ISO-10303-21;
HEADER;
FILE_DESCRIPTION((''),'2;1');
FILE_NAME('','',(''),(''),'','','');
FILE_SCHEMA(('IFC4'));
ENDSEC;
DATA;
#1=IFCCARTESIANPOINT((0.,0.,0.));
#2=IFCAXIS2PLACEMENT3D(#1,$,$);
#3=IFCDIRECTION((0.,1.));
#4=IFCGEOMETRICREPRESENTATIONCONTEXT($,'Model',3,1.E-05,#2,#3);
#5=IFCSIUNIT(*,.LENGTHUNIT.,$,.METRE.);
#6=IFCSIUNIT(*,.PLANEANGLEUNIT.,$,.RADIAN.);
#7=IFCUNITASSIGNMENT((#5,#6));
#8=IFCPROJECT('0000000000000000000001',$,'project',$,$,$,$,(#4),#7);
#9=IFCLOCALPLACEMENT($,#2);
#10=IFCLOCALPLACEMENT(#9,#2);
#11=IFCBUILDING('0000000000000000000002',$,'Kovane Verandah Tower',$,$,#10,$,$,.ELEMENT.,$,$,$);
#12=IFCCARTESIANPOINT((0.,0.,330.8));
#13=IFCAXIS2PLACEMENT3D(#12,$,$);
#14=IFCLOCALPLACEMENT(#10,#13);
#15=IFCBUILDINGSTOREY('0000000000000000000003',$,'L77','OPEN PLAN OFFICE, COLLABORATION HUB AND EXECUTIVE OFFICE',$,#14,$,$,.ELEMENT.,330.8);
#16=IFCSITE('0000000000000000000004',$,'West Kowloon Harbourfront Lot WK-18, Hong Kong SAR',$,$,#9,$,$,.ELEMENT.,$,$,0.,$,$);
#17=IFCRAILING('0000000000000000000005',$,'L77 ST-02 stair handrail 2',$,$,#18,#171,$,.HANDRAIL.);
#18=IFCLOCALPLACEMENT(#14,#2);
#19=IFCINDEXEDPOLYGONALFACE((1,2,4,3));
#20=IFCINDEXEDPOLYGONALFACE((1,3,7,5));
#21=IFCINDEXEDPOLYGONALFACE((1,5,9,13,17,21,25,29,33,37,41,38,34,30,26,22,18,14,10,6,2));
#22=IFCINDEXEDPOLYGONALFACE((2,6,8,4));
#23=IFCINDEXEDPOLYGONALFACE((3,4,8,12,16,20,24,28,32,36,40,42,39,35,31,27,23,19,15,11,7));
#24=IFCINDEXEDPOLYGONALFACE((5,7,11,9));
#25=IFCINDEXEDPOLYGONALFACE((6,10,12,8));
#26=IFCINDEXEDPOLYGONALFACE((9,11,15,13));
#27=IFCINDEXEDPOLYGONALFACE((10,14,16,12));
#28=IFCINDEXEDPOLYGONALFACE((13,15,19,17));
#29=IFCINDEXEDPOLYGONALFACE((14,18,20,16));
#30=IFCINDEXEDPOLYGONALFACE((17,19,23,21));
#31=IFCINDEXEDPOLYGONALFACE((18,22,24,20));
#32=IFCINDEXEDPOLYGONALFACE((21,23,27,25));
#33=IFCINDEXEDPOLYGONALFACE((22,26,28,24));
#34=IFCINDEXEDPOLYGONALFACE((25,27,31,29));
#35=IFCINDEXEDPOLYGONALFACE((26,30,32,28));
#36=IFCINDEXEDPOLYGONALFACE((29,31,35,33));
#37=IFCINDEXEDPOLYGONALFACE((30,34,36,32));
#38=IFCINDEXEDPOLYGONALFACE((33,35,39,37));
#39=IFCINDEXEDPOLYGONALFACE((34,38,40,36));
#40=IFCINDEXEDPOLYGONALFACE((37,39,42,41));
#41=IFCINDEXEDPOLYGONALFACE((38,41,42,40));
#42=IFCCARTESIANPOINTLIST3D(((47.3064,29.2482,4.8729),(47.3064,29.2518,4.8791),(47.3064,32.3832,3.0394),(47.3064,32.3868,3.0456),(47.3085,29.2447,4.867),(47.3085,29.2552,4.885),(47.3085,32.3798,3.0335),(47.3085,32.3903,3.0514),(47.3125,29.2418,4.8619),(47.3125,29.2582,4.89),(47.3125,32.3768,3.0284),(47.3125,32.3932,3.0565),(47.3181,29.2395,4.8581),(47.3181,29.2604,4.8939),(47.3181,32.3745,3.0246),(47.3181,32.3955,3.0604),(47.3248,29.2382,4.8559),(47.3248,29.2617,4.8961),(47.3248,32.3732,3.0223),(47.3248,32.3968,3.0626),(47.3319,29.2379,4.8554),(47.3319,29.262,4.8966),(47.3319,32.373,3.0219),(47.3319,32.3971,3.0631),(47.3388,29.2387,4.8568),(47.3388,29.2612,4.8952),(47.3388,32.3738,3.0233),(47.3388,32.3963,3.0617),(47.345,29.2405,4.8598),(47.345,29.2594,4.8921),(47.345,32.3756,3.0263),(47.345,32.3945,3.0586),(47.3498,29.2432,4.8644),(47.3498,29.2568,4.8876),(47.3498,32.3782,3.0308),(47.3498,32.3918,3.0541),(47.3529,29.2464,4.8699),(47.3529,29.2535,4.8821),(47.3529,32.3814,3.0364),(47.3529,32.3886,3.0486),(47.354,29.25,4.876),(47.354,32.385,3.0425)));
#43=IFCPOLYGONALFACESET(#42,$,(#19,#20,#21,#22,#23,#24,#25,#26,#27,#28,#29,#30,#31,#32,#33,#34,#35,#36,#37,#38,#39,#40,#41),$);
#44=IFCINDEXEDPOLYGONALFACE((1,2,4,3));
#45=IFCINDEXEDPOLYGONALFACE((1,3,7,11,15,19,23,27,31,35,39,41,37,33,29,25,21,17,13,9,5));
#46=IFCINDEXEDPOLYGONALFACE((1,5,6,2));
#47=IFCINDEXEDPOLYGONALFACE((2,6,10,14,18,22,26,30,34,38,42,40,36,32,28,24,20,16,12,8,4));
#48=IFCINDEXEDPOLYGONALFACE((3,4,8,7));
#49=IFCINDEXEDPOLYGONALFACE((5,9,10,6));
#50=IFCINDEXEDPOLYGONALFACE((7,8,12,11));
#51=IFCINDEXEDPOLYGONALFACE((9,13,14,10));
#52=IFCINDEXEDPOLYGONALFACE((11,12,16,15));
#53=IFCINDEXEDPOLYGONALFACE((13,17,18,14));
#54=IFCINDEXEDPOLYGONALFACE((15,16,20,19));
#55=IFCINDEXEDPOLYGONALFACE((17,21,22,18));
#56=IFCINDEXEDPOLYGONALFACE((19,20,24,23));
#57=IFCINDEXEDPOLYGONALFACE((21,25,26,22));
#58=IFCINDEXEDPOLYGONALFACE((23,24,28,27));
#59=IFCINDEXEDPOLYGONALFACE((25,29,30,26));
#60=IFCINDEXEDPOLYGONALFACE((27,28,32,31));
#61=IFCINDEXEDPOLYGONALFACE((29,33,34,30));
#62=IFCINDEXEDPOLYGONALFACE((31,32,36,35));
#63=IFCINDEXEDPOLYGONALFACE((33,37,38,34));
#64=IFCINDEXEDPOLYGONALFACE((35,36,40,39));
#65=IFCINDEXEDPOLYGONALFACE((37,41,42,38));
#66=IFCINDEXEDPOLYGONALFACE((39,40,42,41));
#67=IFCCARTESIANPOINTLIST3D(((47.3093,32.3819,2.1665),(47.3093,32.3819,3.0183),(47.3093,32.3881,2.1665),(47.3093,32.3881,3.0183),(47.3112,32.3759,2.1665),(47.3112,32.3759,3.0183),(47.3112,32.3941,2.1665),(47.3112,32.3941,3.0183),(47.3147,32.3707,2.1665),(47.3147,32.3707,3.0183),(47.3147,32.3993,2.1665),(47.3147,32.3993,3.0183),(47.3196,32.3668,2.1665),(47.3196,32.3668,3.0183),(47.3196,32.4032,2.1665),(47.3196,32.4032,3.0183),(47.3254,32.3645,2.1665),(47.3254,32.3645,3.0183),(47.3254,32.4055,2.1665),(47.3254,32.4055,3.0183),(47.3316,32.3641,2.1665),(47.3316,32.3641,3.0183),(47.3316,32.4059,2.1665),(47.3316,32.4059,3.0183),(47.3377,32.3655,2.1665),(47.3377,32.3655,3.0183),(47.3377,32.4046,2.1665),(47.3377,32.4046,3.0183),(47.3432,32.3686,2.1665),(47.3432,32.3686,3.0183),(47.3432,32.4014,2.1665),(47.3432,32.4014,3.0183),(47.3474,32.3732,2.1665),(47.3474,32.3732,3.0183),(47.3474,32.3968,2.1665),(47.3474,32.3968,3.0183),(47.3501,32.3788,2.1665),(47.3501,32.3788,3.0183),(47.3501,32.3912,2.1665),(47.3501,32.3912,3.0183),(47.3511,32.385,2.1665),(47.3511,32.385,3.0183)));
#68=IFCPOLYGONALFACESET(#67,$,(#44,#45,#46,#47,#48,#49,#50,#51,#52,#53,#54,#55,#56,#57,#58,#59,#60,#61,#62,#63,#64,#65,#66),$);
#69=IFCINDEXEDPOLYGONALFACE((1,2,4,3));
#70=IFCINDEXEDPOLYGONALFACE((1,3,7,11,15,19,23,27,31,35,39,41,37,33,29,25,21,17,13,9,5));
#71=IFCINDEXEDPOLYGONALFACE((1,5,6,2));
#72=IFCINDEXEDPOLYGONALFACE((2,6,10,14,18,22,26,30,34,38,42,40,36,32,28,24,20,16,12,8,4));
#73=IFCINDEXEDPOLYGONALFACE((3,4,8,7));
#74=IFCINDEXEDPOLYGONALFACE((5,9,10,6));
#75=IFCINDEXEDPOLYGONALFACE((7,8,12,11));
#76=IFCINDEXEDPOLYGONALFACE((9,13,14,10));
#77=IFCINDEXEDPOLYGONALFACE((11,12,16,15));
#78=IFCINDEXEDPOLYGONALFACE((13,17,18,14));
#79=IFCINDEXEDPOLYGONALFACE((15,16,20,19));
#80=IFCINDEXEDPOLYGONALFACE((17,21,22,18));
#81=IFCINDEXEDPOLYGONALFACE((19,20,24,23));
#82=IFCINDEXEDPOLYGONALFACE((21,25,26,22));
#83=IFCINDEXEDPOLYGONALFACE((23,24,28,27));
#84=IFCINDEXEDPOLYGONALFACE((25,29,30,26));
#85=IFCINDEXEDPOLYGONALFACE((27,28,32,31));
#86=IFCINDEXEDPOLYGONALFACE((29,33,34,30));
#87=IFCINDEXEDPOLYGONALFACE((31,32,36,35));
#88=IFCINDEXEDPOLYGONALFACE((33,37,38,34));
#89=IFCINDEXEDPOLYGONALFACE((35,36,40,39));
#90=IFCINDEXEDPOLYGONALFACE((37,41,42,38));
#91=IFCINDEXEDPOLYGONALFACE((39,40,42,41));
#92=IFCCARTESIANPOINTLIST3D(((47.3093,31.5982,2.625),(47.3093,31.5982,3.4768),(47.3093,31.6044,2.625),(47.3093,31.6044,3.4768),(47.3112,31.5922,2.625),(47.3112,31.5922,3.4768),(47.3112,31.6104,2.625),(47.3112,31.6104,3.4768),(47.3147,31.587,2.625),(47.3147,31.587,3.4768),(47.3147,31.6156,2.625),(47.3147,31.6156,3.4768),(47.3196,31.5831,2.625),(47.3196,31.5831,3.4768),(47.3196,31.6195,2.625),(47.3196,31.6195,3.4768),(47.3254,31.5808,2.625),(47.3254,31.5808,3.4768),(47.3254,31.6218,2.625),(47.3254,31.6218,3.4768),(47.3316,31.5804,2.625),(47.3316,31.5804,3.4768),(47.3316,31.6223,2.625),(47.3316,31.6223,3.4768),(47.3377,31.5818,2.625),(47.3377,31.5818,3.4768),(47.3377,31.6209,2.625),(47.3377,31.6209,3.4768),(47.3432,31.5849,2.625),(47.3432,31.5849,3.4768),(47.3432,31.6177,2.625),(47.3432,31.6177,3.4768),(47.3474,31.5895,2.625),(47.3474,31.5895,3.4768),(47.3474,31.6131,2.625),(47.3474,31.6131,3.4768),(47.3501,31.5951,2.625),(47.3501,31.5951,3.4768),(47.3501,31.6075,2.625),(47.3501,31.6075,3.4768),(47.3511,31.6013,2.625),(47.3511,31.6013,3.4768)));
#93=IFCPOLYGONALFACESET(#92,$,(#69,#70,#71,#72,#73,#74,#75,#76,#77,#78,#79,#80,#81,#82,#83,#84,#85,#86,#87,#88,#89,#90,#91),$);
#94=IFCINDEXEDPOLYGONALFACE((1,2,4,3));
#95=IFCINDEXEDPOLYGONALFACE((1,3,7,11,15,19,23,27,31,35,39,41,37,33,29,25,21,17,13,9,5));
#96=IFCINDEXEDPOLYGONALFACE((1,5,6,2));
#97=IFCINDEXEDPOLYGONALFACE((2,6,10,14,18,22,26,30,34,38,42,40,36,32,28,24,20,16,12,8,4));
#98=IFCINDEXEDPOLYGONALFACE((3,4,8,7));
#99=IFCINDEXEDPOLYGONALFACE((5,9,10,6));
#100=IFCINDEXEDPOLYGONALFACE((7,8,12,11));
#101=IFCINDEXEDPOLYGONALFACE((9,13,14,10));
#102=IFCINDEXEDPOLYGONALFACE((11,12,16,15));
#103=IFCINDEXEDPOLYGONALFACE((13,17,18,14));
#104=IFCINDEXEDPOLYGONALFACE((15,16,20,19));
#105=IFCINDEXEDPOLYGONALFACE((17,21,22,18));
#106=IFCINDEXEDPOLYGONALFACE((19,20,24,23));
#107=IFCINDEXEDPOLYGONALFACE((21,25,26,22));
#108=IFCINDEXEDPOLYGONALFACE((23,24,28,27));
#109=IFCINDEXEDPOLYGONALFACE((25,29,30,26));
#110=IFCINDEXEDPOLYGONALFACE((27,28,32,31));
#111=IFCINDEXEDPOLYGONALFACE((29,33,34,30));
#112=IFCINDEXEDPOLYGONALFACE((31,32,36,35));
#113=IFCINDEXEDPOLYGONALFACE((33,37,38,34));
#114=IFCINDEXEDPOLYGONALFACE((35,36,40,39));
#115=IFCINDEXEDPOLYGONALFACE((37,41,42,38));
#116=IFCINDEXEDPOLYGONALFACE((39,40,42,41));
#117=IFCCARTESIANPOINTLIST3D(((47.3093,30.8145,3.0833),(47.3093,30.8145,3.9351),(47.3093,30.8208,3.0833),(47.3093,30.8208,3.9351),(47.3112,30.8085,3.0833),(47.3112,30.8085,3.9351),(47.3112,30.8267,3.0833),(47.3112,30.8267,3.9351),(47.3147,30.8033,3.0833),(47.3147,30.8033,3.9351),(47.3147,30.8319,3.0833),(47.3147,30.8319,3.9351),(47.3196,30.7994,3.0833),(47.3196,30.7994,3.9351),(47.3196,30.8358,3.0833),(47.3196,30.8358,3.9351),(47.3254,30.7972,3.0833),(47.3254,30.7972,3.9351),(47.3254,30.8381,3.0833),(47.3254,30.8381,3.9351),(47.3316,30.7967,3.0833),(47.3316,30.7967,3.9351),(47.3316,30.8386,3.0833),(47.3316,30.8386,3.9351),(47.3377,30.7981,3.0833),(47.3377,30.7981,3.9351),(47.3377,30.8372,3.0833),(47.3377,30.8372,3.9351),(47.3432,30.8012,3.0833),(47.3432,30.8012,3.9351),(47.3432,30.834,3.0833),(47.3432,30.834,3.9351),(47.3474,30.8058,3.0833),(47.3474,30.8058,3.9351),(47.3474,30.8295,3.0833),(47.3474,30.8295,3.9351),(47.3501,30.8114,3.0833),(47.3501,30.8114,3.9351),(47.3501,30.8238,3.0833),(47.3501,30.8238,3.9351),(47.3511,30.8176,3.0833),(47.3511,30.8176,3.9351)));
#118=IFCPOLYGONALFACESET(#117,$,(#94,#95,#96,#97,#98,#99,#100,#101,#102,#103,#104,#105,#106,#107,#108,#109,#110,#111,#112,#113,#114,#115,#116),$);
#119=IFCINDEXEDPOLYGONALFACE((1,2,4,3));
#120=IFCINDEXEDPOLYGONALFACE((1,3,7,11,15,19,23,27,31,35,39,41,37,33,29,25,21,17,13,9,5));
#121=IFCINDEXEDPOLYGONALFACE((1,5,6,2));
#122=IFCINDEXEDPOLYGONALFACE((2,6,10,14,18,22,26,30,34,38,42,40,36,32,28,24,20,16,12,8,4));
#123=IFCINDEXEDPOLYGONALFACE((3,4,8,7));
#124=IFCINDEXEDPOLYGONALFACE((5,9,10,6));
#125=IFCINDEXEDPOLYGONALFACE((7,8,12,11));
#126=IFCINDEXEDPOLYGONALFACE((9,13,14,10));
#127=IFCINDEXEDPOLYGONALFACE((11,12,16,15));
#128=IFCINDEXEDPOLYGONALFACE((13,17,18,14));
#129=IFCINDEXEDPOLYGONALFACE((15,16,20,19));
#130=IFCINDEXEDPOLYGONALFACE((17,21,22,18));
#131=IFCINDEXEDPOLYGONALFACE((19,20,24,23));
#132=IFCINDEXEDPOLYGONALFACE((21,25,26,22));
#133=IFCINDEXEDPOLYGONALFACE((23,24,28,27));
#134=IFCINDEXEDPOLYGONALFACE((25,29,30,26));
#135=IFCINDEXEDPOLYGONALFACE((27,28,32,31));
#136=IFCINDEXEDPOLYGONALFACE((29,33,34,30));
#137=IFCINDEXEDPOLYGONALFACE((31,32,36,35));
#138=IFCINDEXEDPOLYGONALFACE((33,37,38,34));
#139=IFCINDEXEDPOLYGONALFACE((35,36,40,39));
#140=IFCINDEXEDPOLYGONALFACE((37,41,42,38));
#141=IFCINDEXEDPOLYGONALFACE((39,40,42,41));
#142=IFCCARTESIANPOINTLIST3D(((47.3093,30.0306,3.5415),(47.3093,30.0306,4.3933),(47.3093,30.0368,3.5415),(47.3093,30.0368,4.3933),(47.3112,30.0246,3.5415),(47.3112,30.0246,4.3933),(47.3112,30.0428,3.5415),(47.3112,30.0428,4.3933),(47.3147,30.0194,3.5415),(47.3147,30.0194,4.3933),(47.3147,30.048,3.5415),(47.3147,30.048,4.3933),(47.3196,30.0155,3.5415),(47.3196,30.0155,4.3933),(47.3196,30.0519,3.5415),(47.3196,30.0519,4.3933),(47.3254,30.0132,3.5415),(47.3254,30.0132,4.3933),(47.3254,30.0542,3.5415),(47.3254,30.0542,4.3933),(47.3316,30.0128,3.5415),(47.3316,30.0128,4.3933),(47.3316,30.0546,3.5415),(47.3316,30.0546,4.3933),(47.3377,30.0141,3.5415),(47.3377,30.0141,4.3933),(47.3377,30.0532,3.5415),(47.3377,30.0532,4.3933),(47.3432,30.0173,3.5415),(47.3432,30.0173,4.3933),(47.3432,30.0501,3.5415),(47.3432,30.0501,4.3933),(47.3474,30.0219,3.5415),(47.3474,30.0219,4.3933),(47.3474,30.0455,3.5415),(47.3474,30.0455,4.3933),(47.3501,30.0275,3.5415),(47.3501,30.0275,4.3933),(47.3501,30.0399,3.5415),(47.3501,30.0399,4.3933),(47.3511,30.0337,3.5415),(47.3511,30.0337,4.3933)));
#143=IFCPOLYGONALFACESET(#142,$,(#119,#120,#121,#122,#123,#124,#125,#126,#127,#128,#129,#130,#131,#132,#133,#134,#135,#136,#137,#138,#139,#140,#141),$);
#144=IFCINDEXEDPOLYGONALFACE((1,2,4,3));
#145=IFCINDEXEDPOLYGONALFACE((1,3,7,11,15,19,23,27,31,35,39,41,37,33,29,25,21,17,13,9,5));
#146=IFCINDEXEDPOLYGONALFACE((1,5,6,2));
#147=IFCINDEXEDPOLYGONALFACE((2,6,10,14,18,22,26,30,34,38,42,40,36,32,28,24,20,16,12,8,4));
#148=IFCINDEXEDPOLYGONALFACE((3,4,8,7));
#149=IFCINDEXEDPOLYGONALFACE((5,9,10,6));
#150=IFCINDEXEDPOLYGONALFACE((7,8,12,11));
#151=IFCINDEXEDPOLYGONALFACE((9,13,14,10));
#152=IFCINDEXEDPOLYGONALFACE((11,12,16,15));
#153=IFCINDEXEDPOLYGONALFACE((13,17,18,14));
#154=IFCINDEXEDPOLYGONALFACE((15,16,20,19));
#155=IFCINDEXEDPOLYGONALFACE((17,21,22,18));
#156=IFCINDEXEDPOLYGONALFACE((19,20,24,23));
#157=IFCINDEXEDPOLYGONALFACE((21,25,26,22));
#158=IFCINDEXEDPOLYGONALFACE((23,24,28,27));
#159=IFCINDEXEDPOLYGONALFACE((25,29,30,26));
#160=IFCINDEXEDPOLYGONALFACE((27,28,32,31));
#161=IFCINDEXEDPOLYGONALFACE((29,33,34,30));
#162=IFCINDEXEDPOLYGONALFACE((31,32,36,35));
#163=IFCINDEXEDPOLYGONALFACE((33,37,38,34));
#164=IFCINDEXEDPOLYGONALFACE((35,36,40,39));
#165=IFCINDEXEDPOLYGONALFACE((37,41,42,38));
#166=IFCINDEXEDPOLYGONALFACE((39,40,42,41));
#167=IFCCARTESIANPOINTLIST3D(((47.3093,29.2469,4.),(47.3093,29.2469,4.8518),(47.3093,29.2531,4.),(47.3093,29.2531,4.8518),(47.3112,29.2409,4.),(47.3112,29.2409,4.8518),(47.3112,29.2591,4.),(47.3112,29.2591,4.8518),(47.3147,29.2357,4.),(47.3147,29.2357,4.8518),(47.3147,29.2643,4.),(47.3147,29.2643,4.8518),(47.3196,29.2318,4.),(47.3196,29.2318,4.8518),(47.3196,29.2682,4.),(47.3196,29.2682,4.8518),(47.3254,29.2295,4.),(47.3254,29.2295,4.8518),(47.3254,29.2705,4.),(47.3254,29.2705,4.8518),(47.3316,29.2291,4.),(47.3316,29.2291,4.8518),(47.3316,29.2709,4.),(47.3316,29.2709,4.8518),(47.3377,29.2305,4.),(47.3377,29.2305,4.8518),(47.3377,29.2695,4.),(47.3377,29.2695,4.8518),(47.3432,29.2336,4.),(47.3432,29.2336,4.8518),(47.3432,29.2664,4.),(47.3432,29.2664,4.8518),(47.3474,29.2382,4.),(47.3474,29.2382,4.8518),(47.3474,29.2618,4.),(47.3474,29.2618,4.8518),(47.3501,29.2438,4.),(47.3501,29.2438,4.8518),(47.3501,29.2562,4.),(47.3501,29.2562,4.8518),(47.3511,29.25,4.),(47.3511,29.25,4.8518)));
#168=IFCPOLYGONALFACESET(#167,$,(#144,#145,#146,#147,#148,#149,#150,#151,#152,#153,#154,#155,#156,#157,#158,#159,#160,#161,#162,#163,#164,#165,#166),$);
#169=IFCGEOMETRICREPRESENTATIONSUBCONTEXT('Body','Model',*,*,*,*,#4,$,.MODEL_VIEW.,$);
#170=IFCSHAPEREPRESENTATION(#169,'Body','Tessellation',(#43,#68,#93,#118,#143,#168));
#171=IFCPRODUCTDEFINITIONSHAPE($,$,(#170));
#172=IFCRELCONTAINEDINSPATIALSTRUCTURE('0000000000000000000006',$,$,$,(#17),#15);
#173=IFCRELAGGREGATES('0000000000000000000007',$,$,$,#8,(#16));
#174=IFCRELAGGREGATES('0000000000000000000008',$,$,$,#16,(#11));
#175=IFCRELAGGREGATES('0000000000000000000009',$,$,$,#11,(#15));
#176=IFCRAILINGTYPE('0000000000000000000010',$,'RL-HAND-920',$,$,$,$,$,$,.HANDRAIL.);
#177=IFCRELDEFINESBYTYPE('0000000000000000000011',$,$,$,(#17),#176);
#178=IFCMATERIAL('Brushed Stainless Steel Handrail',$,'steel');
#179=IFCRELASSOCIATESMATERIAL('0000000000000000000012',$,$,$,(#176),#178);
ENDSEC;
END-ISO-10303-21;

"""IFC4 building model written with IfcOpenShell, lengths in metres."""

from ifc_helpers import new_model, si_unit, direction, frame, origin, origin_2d, place, context, subcontext, project, spatial, circle, extrude, material, type_object, element, save


model = new_model("IFC4")

# Units and contexts
model_context = context("Model", 3, precision=1e-05, world=origin(), true_north=direction((0.0, 1.0)))
body_context = subcontext(model_context, "Body", "Model", "MODEL_VIEW")
ifc_project = project(units=[si_unit("LENGTHUNIT", "METRE"), si_unit("PLANEANGLEUNIT", "RADIAN")], contexts=[model_context])

# Site, building, storey
site_placement = place(None, origin())
site = spatial("IfcSite", under=ifc_project, at=site_placement, Name="West Kowloon Harbourfront Lot WK-18, Hong Kong SAR", CompositionType="ELEMENT", RefElevation=0.0)
building_placement = place(site_placement, origin())
building = spatial("IfcBuilding", under=site, at=building_placement, Name="Kovane Verandah Tower", CompositionType="ELEMENT")
storey_placement = place(building_placement, frame((0.0, 0.0, 330.8)))
storey = spatial("IfcBuildingStorey", under=building, at=storey_placement, Name="L77", Description="OPEN PLAN OFFICE, COLLABORATION HUB AND EXECUTIVE OFFICE", CompositionType="ELEMENT", Elevation=330.8)

# Railing
ifc_material_1 = material(Name="Brushed Stainless Steel Handrail", Category="steel")
railing_type_1 = type_object("IfcRailingType", Name="RL-HAND-920", PredefinedType="HANDRAIL", material=ifc_material_1)
for number, where, name in (
    (1, (47.3301, 32.385, 2.1665), "L77 ST-02 stair handrail 2"),
):
    element("IfcRailing", number, at=place(storey_placement, frame(where)), inside=storey, type_object=railing_type_1, Name=name, PredefinedType="HANDRAIL", context=body_context, shape_type="SweptSolid", body=[
        extrude(circle(Radius=0.0239, at=origin_2d()), frame((0.0, 0.0, 0.876), z_axis=(0.0, -0.86321, 0.504845), x_axis=(1.0, 0.0, 0.0)), (0.0, 0.0, 1.0), 3.6318),
        extrude(circle(Radius=0.021, at=origin_2d()), origin(), (0.0, 0.0, 1.0), 0.8518),
        extrude(circle(Radius=0.021, at=origin_2d()), frame((0.0, -0.7837, 0.4585)), (0.0, 0.0, 1.0), 0.8518),
        extrude(circle(Radius=0.021, at=origin_2d()), frame((0.0, -1.5674, 0.9167)), (0.0, 0.0, 1.0), 0.8518),
        extrude(circle(Radius=0.021, at=origin_2d()), frame((0.0, -2.3513, 1.375)), (0.0, 0.0, 1.0), 0.8518),
        extrude(circle(Radius=0.021, at=origin_2d()), frame((0.0, -3.135, 1.8335)), (0.0, 0.0, 1.0), 0.8518),
    ])

save(model, "model.ifc")
